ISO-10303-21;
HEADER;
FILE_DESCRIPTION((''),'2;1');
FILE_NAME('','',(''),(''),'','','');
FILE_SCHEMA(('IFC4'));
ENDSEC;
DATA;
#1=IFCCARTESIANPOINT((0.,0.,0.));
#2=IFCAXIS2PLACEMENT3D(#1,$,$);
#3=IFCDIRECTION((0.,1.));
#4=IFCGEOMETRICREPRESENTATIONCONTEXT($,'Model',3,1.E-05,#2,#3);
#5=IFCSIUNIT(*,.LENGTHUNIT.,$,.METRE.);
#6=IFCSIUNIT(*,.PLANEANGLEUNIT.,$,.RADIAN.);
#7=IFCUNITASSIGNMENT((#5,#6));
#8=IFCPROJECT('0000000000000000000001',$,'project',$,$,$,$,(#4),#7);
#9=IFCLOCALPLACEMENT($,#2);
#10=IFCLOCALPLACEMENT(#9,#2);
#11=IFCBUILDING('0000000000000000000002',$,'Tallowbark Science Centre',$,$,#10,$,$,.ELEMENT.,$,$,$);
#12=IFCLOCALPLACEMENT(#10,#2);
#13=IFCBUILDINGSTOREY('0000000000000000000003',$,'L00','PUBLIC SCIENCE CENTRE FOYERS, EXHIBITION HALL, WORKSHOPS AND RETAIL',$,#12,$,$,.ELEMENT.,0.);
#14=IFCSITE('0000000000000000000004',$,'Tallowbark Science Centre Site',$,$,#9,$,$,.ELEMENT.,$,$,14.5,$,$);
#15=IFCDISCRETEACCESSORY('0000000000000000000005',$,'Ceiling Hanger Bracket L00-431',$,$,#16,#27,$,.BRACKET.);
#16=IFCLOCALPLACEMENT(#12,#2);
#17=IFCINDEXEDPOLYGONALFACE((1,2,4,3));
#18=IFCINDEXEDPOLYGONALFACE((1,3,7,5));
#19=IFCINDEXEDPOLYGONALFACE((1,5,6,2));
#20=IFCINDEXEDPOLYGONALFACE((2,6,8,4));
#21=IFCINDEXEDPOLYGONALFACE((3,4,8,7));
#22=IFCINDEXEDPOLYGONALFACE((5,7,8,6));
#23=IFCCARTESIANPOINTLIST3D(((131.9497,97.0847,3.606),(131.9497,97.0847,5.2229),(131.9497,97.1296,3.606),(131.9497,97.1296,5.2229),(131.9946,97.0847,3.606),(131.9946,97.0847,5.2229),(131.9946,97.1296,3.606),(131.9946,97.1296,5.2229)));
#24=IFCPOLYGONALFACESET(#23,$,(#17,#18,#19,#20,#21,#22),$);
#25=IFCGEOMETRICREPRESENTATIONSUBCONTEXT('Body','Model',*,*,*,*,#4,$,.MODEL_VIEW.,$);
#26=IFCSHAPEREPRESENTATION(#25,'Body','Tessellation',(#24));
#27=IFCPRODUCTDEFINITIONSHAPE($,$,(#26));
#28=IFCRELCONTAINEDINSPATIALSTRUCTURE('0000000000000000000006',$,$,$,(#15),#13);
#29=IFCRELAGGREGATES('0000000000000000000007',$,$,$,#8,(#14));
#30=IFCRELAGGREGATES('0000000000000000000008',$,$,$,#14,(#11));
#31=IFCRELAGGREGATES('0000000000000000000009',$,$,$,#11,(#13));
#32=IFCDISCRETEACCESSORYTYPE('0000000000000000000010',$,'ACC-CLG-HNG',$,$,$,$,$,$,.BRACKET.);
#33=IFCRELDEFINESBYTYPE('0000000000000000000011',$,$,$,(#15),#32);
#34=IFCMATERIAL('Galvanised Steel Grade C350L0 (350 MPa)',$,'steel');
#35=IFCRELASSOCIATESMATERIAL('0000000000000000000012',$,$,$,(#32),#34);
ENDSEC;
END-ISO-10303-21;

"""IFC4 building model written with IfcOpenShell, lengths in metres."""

from ifc_helpers import new_model, si_unit, direction, frame, origin, origin_2d, place, context, subcontext, project, spatial, rectangle, extrude, material, type_object, element, save


model = new_model("IFC4")

# Units and contexts
model_context = context("Model", 3, precision=1e-05, world=origin(), true_north=direction((0.0, 1.0)))
body_context = subcontext(model_context, "Body", "Model", "MODEL_VIEW")
ifc_project = project(units=[si_unit("LENGTHUNIT", "METRE"), si_unit("PLANEANGLEUNIT", "RADIAN")], contexts=[model_context])

# Site, building, storey
site_placement = place(None, origin())
site = spatial("IfcSite", under=ifc_project, at=site_placement, Name="Tallowbark Science Centre Site", CompositionType="ELEMENT", RefElevation=14.5)
building_placement = place(site_placement, origin())
building = spatial("IfcBuilding", under=site, at=building_placement, Name="Tallowbark Science Centre", CompositionType="ELEMENT")
storey_placement = place(building_placement, origin())
storey = spatial("IfcBuildingStorey", under=building, at=storey_placement, Name="L00", Description="PUBLIC SCIENCE CENTRE FOYERS, EXHIBITION HALL, WORKSHOPS AND RETAIL", CompositionType="ELEMENT", Elevation=0.0)

# Discrete accessory
ifc_material_1 = material(Name="Galvanised Steel Grade C350L0 (350 MPa)", Category="steel")
discrete_accessory_type = type_object("IfcDiscreteAccessoryType", Name="ACC-CLG-HNG", PredefinedType="BRACKET", material=ifc_material_1)
for number, where, z_axis, x_axis, name in (
    (1, (131.9722, 97.1072, 3.606), (0.0, 0.0, 1.0), (1.0, 0.0, 0.0), "Ceiling Hanger Bracket L00-431"),
):
    element("IfcDiscreteAccessory", number, at=place(storey_placement, frame(where, z_axis=z_axis, x_axis=x_axis)), inside=storey, type_object=discrete_accessory_type, Name=name, PredefinedType="BRACKET", context=body_context, shape_type="SweptSolid", body=[
        extrude(rectangle(XDim=0.0449, YDim=0.0449, at=origin_2d()), origin(), (0.0, 0.0, 1.0), 1.6169),
    ])

save(model, "model.ifc")
